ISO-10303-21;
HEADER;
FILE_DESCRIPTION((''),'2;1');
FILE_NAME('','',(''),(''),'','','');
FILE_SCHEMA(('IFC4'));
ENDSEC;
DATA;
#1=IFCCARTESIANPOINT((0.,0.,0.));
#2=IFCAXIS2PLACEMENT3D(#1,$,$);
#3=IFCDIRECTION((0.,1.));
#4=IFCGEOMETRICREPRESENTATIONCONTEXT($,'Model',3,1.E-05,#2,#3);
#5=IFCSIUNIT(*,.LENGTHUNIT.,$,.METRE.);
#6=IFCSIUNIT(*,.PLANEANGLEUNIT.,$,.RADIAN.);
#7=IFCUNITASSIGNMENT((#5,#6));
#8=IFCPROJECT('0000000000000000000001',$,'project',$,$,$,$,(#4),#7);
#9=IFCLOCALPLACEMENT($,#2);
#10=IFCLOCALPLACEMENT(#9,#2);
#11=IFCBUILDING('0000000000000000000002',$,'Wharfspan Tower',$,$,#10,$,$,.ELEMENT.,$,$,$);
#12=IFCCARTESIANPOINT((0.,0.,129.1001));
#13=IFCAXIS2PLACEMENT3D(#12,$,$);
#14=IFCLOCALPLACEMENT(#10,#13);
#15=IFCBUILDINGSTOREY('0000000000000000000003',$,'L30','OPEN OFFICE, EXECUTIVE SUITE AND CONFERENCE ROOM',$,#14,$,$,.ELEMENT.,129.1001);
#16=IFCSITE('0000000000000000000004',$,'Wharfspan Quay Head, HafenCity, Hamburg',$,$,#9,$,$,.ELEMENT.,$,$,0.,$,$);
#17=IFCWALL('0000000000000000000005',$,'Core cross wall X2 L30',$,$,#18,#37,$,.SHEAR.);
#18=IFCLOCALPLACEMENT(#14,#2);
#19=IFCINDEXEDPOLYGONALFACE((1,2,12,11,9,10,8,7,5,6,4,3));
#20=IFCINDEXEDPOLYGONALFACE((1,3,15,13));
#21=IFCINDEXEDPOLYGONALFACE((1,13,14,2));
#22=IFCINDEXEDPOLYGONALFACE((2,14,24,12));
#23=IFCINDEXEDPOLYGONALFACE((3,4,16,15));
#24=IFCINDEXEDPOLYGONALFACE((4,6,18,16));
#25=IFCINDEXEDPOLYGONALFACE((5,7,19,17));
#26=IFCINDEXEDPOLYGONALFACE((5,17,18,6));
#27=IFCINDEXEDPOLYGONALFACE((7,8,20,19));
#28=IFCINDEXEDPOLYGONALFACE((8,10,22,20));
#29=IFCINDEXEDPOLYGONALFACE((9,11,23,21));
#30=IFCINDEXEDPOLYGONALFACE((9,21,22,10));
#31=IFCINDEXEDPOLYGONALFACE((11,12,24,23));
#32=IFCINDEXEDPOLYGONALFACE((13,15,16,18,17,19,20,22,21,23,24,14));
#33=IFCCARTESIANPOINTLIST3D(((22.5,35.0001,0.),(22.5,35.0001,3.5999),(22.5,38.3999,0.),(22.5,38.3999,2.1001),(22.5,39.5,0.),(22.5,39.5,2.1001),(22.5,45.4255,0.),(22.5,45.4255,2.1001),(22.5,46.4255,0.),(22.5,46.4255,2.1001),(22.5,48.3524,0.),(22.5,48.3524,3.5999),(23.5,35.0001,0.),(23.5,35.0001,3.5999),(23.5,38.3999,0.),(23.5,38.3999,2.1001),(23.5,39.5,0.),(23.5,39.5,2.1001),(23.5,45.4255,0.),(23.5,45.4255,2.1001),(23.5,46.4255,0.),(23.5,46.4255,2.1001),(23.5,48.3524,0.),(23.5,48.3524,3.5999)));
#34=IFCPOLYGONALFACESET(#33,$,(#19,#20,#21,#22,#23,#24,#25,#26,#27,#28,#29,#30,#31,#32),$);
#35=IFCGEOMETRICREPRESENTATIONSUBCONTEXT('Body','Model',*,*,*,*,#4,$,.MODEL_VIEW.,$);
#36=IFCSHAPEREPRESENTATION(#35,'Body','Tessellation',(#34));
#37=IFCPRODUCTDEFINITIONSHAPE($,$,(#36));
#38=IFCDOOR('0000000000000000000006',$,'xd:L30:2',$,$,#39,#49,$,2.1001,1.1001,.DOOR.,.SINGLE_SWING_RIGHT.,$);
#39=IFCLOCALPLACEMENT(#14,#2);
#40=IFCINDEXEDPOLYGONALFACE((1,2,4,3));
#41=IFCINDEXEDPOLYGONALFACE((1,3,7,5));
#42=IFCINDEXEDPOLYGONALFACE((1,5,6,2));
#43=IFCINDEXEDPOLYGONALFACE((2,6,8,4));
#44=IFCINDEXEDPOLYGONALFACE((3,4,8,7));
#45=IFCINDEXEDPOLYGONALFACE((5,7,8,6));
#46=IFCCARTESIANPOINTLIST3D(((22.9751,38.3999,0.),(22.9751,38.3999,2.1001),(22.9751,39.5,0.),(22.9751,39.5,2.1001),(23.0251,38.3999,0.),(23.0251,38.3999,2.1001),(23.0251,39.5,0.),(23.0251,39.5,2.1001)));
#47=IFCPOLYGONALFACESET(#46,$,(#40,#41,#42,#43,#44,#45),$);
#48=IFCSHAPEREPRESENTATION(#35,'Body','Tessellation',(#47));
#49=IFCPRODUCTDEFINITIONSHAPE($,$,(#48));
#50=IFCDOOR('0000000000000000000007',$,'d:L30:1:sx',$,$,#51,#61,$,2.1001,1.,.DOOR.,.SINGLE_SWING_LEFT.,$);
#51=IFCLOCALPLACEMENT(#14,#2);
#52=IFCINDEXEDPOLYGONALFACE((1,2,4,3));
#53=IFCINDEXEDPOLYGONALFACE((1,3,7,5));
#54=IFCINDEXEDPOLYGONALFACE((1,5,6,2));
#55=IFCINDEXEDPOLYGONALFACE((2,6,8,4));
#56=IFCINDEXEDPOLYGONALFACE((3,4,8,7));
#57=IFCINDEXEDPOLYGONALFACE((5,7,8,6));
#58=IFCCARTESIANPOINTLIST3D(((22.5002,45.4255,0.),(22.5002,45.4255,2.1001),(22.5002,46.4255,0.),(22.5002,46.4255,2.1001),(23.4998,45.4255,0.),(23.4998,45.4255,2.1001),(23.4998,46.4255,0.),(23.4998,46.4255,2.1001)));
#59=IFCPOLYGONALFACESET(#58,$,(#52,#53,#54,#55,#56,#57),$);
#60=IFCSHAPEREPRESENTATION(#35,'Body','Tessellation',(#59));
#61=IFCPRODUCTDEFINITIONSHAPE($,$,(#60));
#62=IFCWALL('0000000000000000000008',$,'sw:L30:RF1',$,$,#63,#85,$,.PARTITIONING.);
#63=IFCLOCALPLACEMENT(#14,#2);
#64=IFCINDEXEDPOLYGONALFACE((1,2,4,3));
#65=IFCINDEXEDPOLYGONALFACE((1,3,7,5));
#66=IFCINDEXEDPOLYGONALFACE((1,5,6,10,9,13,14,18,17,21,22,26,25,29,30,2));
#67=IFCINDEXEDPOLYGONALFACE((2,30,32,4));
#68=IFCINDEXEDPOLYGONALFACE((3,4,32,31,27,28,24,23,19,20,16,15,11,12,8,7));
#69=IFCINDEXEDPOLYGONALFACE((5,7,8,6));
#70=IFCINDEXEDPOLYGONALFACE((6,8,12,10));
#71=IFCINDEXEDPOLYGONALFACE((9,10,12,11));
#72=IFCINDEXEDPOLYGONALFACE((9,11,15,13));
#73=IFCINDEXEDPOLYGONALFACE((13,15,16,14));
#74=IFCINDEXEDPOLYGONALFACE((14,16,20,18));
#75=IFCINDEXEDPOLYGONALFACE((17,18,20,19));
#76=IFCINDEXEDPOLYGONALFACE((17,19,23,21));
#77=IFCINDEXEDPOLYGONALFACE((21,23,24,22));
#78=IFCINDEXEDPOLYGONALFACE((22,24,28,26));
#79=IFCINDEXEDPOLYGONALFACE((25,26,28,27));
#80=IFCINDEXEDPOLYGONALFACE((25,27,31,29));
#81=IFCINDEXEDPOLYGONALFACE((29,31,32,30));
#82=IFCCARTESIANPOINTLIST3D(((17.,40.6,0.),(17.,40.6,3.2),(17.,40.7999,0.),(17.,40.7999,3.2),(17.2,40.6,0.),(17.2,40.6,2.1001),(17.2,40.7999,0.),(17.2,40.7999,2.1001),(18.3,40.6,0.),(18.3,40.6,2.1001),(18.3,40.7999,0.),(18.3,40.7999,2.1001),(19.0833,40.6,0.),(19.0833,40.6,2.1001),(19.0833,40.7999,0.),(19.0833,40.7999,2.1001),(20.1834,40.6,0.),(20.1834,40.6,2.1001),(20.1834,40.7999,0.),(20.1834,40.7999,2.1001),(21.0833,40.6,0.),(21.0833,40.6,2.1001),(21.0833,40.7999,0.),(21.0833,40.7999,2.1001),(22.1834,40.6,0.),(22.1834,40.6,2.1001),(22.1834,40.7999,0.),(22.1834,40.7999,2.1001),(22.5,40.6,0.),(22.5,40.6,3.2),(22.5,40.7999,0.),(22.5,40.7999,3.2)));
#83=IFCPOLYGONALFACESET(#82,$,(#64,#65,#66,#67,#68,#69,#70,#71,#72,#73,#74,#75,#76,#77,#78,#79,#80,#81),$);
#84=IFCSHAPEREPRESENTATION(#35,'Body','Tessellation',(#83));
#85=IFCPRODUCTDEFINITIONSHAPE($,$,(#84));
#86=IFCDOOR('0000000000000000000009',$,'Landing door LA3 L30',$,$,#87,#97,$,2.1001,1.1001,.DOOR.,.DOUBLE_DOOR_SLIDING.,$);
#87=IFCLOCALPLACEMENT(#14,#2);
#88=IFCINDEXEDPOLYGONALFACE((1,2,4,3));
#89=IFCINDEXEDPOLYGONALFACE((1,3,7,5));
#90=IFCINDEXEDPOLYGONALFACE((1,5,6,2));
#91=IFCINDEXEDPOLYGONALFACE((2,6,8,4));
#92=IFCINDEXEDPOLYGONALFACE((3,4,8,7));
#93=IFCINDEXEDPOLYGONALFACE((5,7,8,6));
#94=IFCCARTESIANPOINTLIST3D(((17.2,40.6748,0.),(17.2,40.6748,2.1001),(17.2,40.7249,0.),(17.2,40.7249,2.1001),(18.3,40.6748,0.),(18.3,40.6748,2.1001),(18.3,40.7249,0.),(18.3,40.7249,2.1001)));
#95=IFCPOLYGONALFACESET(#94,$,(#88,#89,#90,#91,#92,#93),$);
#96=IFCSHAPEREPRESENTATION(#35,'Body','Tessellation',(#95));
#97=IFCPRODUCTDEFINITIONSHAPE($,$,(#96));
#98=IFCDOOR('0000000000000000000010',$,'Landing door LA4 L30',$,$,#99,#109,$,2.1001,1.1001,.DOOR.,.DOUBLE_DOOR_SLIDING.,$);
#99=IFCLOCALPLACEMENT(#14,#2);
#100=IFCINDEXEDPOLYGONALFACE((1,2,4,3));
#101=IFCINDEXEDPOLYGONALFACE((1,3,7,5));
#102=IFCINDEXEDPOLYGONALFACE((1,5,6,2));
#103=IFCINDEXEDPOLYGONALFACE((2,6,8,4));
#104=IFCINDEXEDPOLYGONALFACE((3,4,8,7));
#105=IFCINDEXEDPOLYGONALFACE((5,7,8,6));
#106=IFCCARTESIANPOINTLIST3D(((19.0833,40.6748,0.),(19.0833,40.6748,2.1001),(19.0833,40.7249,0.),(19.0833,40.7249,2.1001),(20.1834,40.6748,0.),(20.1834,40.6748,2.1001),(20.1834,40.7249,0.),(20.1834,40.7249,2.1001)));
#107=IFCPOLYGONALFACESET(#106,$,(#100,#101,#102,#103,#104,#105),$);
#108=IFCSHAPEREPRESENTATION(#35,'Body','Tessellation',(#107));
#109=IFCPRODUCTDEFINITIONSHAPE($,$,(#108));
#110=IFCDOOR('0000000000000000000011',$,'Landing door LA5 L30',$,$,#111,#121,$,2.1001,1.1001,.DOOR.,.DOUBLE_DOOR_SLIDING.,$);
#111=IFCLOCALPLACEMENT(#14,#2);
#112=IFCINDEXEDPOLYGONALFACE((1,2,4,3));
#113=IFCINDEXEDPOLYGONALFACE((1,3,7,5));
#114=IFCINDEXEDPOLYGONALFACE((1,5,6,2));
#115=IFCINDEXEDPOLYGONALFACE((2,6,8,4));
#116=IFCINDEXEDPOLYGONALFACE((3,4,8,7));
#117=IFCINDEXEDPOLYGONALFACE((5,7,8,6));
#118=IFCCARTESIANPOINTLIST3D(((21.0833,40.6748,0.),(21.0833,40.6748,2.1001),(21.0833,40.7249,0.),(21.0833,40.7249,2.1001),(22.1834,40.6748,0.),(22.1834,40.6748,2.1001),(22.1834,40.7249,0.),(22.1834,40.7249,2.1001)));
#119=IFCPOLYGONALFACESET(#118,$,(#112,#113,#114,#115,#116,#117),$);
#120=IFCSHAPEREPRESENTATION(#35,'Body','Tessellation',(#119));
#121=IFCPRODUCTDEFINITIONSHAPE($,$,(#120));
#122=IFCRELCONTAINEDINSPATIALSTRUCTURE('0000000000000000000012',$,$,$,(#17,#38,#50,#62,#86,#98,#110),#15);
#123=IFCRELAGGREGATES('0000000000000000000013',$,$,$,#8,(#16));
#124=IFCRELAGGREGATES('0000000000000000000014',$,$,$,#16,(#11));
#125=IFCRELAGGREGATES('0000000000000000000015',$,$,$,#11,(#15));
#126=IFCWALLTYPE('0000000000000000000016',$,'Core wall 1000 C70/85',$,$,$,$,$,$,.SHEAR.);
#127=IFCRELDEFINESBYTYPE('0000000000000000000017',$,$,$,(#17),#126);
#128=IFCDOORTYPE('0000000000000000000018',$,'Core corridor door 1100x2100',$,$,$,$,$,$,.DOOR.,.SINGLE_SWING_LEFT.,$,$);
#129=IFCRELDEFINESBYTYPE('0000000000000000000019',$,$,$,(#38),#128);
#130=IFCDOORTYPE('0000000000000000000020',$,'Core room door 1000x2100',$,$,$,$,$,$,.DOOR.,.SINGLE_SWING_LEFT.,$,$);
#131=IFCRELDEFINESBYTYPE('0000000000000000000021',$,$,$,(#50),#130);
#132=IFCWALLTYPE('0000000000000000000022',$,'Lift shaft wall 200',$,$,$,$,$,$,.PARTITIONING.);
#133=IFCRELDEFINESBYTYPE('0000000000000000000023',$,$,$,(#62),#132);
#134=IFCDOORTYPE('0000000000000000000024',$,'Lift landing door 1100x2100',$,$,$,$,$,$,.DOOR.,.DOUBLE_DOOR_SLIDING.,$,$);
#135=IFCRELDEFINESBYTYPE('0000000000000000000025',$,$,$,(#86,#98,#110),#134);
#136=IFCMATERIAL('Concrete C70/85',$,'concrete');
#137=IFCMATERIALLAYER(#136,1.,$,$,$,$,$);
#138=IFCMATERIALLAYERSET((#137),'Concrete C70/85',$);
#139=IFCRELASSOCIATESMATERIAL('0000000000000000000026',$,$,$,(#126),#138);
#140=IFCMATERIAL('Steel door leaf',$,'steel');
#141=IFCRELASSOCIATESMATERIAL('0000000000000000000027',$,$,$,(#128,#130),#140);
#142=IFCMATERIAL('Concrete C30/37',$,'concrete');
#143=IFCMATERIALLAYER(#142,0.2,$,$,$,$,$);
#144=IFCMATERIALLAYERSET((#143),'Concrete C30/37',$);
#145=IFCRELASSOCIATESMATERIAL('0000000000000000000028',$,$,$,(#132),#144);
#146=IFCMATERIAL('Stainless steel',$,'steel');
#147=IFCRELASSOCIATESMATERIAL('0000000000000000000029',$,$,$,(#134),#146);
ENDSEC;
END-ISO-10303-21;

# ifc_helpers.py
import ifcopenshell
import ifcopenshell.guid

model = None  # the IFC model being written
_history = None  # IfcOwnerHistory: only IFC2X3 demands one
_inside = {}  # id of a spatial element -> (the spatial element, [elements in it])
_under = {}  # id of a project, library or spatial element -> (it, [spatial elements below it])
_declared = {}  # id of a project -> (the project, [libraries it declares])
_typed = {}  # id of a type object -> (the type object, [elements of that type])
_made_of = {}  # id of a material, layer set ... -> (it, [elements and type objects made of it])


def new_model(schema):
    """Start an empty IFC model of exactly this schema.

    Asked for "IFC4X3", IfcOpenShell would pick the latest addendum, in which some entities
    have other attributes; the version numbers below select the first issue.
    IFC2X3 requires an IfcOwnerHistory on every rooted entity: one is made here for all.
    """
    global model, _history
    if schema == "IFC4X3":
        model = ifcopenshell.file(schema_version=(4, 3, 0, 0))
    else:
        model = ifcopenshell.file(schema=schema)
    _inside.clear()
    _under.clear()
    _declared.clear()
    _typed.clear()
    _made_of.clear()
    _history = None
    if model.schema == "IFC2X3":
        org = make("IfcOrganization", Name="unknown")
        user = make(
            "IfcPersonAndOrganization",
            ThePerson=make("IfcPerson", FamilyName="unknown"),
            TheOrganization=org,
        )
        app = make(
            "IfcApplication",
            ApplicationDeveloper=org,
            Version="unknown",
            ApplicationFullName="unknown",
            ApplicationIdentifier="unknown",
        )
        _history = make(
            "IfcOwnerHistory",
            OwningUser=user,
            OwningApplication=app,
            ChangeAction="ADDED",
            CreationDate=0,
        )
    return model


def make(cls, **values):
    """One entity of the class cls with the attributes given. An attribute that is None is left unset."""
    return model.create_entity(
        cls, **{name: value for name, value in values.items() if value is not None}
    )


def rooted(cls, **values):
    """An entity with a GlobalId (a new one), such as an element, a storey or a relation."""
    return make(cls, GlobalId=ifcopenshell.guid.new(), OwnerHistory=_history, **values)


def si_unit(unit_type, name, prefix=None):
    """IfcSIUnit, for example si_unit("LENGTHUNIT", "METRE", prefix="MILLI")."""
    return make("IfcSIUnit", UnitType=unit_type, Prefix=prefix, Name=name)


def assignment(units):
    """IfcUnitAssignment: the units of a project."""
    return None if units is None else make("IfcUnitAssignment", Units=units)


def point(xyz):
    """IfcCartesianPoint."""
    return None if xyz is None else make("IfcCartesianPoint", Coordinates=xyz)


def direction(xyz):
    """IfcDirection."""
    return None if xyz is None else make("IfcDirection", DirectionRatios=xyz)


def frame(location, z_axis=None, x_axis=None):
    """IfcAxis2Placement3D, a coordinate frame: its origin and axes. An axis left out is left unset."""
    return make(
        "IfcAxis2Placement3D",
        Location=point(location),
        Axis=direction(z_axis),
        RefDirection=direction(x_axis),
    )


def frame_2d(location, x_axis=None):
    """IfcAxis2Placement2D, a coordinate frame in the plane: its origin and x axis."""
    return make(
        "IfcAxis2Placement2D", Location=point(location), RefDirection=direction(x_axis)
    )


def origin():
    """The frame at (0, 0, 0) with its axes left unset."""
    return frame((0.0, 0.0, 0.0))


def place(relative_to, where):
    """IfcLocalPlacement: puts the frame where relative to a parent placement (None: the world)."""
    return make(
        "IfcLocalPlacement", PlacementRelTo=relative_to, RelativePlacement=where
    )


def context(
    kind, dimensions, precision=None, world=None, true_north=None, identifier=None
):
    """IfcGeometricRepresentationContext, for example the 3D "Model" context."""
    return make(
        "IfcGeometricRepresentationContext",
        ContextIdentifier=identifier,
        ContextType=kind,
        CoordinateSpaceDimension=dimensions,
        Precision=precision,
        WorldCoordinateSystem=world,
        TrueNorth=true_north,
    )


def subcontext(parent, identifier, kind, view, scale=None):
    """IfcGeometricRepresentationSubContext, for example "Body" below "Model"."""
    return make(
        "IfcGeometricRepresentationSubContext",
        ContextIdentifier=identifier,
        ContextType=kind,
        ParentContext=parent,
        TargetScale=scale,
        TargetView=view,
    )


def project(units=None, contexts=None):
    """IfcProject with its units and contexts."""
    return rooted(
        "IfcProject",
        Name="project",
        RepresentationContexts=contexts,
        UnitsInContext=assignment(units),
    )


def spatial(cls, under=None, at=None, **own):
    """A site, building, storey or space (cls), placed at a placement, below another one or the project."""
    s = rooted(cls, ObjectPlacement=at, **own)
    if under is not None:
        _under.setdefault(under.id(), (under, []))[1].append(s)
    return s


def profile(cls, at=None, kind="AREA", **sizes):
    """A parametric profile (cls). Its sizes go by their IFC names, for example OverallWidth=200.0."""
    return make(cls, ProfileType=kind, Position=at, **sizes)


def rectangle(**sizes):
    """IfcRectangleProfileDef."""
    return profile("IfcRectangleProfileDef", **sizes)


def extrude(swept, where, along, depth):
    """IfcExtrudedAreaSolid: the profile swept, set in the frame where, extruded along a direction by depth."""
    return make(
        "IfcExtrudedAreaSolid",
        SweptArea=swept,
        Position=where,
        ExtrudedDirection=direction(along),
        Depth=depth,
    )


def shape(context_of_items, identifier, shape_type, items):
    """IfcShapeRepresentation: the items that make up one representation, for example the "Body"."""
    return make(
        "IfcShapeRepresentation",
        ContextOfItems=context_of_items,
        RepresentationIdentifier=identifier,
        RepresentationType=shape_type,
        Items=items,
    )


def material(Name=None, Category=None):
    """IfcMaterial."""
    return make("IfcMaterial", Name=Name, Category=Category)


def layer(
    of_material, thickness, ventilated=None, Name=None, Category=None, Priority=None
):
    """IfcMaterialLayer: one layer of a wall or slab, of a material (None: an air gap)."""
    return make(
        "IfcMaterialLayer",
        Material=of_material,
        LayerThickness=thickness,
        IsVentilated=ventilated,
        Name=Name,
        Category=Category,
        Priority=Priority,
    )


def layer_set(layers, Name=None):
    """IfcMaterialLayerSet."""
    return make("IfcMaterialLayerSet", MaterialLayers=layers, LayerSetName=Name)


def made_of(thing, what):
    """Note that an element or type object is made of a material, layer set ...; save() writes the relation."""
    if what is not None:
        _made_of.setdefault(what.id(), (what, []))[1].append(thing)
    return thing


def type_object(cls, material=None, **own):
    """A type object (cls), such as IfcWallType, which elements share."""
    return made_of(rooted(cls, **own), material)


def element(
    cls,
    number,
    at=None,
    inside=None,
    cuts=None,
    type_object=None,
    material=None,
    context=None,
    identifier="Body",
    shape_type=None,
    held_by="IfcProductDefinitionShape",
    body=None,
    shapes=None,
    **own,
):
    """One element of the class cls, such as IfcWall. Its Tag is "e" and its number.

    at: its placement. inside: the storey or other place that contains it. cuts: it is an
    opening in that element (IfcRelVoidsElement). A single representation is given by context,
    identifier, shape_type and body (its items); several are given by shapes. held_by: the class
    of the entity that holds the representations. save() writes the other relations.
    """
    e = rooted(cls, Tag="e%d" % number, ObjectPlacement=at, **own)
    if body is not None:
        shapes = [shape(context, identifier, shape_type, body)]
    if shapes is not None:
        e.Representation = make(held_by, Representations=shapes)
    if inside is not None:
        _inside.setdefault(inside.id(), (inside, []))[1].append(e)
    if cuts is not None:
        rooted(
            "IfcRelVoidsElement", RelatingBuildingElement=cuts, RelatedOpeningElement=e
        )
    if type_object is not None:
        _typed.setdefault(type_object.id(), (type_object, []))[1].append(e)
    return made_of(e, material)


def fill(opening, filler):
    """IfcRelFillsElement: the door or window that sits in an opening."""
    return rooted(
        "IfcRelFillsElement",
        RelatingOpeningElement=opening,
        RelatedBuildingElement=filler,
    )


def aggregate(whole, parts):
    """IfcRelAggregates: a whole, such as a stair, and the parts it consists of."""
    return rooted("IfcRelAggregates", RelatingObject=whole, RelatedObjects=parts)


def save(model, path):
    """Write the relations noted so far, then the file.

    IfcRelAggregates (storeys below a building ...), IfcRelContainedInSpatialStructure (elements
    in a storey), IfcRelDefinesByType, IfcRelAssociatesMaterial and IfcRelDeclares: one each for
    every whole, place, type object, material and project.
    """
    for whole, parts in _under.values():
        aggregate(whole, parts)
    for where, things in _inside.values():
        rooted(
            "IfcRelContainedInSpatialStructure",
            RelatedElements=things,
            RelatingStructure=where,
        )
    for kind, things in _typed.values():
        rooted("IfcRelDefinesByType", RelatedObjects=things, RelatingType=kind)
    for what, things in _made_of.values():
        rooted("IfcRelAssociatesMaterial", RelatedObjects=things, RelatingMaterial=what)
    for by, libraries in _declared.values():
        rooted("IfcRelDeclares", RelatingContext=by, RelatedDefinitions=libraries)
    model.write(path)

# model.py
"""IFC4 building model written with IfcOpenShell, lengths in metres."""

from ifc_helpers import new_model, si_unit, direction, frame, frame_2d, origin, place, context, subcontext, project, spatial, rectangle, extrude, material, layer, layer_set, type_object, element, fill, save


model = new_model("IFC4")

# Units and contexts
model_context = context("Model", 3, precision=1e-05, world=origin(), true_north=direction((0.0, 1.0)))
body_context = subcontext(model_context, "Body", "Model", "MODEL_VIEW")
ifc_project = project(units=[si_unit("LENGTHUNIT", "METRE"), si_unit("PLANEANGLEUNIT", "RADIAN")], contexts=[model_context])

# Site, building, storey
site_placement = place(None, origin())
site = spatial("IfcSite", under=ifc_project, at=site_placement, Name="Wharfspan Quay Head, HafenCity, Hamburg", CompositionType="ELEMENT", RefElevation=0.0)
building_placement = place(site_placement, origin())
building = spatial("IfcBuilding", under=site, at=building_placement, Name="Wharfspan Tower", CompositionType="ELEMENT")
storey_placement = place(building_placement, frame((0.0, 0.0, 129.1001)))
storey = spatial("IfcBuildingStorey", under=building, at=storey_placement, Name="L30", Description="OPEN OFFICE, EXECUTIVE SUITE AND CONFERENCE ROOM", CompositionType="ELEMENT", Elevation=129.1001)

# Walls, openings, doors
ifc_material_1 = material(Name="Concrete C70/85", Category="concrete")
ifc_layer_1 = layer(ifc_material_1, 1.0)
ifc_layer_set_1 = layer_set([ifc_layer_1], Name="Concrete C70/85")
wall_type_1 = type_object("IfcWallType", Name="Core wall 1000 C70/85", PredefinedType="SHEAR", material=ifc_layer_set_1)
wall_1_placement = place(storey_placement, frame((23.0, 35.0, 0.0), z_axis=(0.0, 0.0, 1.0), x_axis=(0.0, 1.0, 0.0)))
wall_1 = element("IfcWall", 1, at=wall_1_placement, inside=storey, type_object=wall_type_1, Name="Core cross wall X2 L30", PredefinedType="SHEAR", context=body_context, shape_type="SweptSolid", body=[
    extrude(rectangle(XDim=13.3523, YDim=1.0, at=frame_2d((6.6763, 0.0))), origin(), (0.0, 0.0, 1.0), 3.5999),
])
opening_1_placement = place(wall_1_placement, frame((10.4255, 0.0, 0.0)))
opening_1 = element("IfcOpeningElement", 2, at=opening_1_placement, cuts=wall_1, PredefinedType="OPENING", context=body_context, shape_type="SweptSolid", body=[
    extrude(rectangle(XDim=1.0, YDim=2.1001, at=frame_2d((0.5, 1.05))), frame((0.0, 0.51, 0.0), z_axis=(0.0, -1.0, 0.0), x_axis=(1.0, 0.0, 0.0)), (0.0, 0.0, 1.0), 1.02),
])
opening_2_placement = place(wall_1_placement, frame((3.3999, 0.0, 0.0)))
opening_2 = element("IfcOpeningElement", 3, at=opening_2_placement, cuts=wall_1, PredefinedType="OPENING", context=body_context, shape_type="SweptSolid", body=[
    extrude(rectangle(XDim=1.1001, YDim=2.1001, at=frame_2d((0.55, 1.05))), frame((0.0, 0.51, 0.0), z_axis=(0.0, -1.0, 0.0), x_axis=(1.0, 0.0, 0.0)), (0.0, 0.0, 1.0), 1.02),
])
ifc_material_2 = material(Name="Steel door leaf", Category="steel")
door_type_1 = type_object("IfcDoorType", Name="Core corridor door 1100x2100", OperationType="SINGLE_SWING_LEFT", PredefinedType="DOOR", material=ifc_material_2)
door_1_placement = place(opening_2_placement, origin())
door_1 = element("IfcDoor", 4, at=door_1_placement, inside=storey, type_object=door_type_1, Name="xd:L30:2", OperationType="SINGLE_SWING_RIGHT", OverallHeight=2.1001, OverallWidth=1.1001, PredefinedType="DOOR", context=body_context, shape_type="SweptSolid", body=[
    extrude(rectangle(XDim=1.1001, YDim=2.1001, at=frame_2d((0.55, 1.05))), frame((0.0, 0.0249, 0.0), z_axis=(0.0, -1.0, 0.0), x_axis=(1.0, 0.0, 0.0)), (0.0, 0.0, 1.0), 0.05),
])
fill(opening_2, door_1)
door_type_2 = type_object("IfcDoorType", Name="Core room door 1000x2100", OperationType="SINGLE_SWING_LEFT", PredefinedType="DOOR", material=ifc_material_2)
door_2_placement = place(opening_1_placement, origin())
door_2 = element("IfcDoor", 5, at=door_2_placement, inside=storey, type_object=door_type_2, Name="d:L30:1:sx", OperationType="SINGLE_SWING_LEFT", OverallHeight=2.1001, OverallWidth=1.0, PredefinedType="DOOR", context=body_context, shape_type="SweptSolid", body=[
    extrude(rectangle(XDim=1.0, YDim=2.1001, at=frame_2d((0.5, 1.05))), frame((0.0, 0.4998, 0.0), z_axis=(0.0, -1.0, 0.0), x_axis=(1.0, 0.0, 0.0)), (0.0, 0.0, 1.0), 0.9995),
])
fill(opening_1, door_2)
ifc_material_3 = material(Name="Concrete C30/37", Category="concrete")
ifc_layer_2 = layer(ifc_material_3, 0.2)
ifc_layer_set_2 = layer_set([ifc_layer_2], Name="Concrete C30/37")
wall_type_2 = type_object("IfcWallType", Name="Lift shaft wall 200", PredefinedType="PARTITIONING", material=ifc_layer_set_2)
wall_2_placement = place(storey_placement, frame((17.0, 40.7, 0.0), z_axis=(0.0, 0.0, 1.0), x_axis=(1.0, 0.0, 0.0)))
wall_2 = element("IfcWall", 6, at=wall_2_placement, inside=storey, type_object=wall_type_2, Name="sw:L30:RF1", PredefinedType="PARTITIONING", context=body_context, shape_type="SweptSolid", body=[
    extrude(rectangle(XDim=5.5, YDim=0.2, at=frame_2d((2.75, 0.0))), origin(), (0.0, 0.0, 1.0), 3.2),
])
opening_3_placement = place(wall_2_placement, frame((0.2, 0.0, 0.0)))
opening_3 = element("IfcOpeningElement", 7, at=opening_3_placement, cuts=wall_2, PredefinedType="OPENING", context=body_context, shape_type="SweptSolid", body=[
    extrude(rectangle(XDim=1.1001, YDim=2.1001, at=frame_2d((0.55, 1.05))), frame((0.0, 0.1099, 0.0), z_axis=(0.0, -1.0, 0.0), x_axis=(1.0, 0.0, 0.0)), (0.0, 0.0, 1.0), 0.22),
])
opening_4_placement = place(wall_2_placement, frame((2.0833, 0.0, 0.0)))
opening_4 = element("IfcOpeningElement", 8, at=opening_4_placement, cuts=wall_2, PredefinedType="OPENING", context=body_context, shape_type="SweptSolid", body=[
    extrude(rectangle(XDim=1.1001, YDim=2.1001, at=frame_2d((0.55, 1.05))), frame((0.0, 0.1099, 0.0), z_axis=(0.0, -1.0, 0.0), x_axis=(1.0, 0.0, 0.0)), (0.0, 0.0, 1.0), 0.22),
])
opening_5_placement = place(wall_2_placement, frame((4.0833, 0.0, 0.0)))
opening_5 = element("IfcOpeningElement", 9, at=opening_5_placement, cuts=wall_2, PredefinedType="OPENING", context=body_context, shape_type="SweptSolid", body=[
    extrude(rectangle(XDim=1.1001, YDim=2.1001, at=frame_2d((0.55, 1.05))), frame((0.0, 0.1099, 0.0), z_axis=(0.0, -1.0, 0.0), x_axis=(1.0, 0.0, 0.0)), (0.0, 0.0, 1.0), 0.22),
])
ifc_material_4 = material(Name="Stainless steel", Category="steel")
door_type_3 = type_object("IfcDoorType", Name="Lift landing door 1100x2100", OperationType="DOUBLE_DOOR_SLIDING", PredefinedType="DOOR", material=ifc_material_4)
door_3_placement = place(opening_3_placement, origin())
door_3 = element("IfcDoor", 10, at=door_3_placement, inside=storey, type_object=door_type_3, Name="Landing door LA3 L30", OperationType="DOUBLE_DOOR_SLIDING", OverallHeight=2.1001, OverallWidth=1.1001, PredefinedType="DOOR", context=body_context, shape_type="SweptSolid", body=[
    extrude(rectangle(XDim=1.1001, YDim=2.1001, at=frame_2d((0.55, 1.05))), frame((0.0, 0.0249, 0.0), z_axis=(0.0, -1.0, 0.0), x_axis=(1.0, 0.0, 0.0)), (0.0, 0.0, 1.0), 0.05),
])
fill(opening_3, door_3)
door_4_placement = place(opening_4_placement, origin())
door_4 = element("IfcDoor", 11, at=door_4_placement, inside=storey, type_object=door_type_3, Name="Landing door LA4 L30", OperationType="DOUBLE_DOOR_SLIDING", OverallHeight=2.1001, OverallWidth=1.1001, PredefinedType="DOOR", context=body_context, shape_type="SweptSolid", body=[
    extrude(rectangle(XDim=1.1001, YDim=2.1001, at=frame_2d((0.55, 1.05))), frame((0.0, 0.0249, 0.0), z_axis=(0.0, -1.0, 0.0), x_axis=(1.0, 0.0, 0.0)), (0.0, 0.0, 1.0), 0.05),
])
fill(opening_4, door_4)
door_5_placement = place(opening_5_placement, origin())
door_5 = element("IfcDoor", 12, at=door_5_placement, inside=storey, type_object=door_type_3, Name="Landing door LA5 L30", OperationType="DOUBLE_DOOR_SLIDING", OverallHeight=2.1001, OverallWidth=1.1001, PredefinedType="DOOR", context=body_context, shape_type="SweptSolid", body=[
    extrude(rectangle(XDim=1.1001, YDim=2.1001, at=frame_2d((0.55, 1.05))), frame((0.0, 0.0249, 0.0), z_axis=(0.0, -1.0, 0.0), x_axis=(1.0, 0.0, 0.0)), (0.0, 0.0, 1.0), 0.05),
])
fill(opening_5, door_5)

save(model, "model.ifc")
